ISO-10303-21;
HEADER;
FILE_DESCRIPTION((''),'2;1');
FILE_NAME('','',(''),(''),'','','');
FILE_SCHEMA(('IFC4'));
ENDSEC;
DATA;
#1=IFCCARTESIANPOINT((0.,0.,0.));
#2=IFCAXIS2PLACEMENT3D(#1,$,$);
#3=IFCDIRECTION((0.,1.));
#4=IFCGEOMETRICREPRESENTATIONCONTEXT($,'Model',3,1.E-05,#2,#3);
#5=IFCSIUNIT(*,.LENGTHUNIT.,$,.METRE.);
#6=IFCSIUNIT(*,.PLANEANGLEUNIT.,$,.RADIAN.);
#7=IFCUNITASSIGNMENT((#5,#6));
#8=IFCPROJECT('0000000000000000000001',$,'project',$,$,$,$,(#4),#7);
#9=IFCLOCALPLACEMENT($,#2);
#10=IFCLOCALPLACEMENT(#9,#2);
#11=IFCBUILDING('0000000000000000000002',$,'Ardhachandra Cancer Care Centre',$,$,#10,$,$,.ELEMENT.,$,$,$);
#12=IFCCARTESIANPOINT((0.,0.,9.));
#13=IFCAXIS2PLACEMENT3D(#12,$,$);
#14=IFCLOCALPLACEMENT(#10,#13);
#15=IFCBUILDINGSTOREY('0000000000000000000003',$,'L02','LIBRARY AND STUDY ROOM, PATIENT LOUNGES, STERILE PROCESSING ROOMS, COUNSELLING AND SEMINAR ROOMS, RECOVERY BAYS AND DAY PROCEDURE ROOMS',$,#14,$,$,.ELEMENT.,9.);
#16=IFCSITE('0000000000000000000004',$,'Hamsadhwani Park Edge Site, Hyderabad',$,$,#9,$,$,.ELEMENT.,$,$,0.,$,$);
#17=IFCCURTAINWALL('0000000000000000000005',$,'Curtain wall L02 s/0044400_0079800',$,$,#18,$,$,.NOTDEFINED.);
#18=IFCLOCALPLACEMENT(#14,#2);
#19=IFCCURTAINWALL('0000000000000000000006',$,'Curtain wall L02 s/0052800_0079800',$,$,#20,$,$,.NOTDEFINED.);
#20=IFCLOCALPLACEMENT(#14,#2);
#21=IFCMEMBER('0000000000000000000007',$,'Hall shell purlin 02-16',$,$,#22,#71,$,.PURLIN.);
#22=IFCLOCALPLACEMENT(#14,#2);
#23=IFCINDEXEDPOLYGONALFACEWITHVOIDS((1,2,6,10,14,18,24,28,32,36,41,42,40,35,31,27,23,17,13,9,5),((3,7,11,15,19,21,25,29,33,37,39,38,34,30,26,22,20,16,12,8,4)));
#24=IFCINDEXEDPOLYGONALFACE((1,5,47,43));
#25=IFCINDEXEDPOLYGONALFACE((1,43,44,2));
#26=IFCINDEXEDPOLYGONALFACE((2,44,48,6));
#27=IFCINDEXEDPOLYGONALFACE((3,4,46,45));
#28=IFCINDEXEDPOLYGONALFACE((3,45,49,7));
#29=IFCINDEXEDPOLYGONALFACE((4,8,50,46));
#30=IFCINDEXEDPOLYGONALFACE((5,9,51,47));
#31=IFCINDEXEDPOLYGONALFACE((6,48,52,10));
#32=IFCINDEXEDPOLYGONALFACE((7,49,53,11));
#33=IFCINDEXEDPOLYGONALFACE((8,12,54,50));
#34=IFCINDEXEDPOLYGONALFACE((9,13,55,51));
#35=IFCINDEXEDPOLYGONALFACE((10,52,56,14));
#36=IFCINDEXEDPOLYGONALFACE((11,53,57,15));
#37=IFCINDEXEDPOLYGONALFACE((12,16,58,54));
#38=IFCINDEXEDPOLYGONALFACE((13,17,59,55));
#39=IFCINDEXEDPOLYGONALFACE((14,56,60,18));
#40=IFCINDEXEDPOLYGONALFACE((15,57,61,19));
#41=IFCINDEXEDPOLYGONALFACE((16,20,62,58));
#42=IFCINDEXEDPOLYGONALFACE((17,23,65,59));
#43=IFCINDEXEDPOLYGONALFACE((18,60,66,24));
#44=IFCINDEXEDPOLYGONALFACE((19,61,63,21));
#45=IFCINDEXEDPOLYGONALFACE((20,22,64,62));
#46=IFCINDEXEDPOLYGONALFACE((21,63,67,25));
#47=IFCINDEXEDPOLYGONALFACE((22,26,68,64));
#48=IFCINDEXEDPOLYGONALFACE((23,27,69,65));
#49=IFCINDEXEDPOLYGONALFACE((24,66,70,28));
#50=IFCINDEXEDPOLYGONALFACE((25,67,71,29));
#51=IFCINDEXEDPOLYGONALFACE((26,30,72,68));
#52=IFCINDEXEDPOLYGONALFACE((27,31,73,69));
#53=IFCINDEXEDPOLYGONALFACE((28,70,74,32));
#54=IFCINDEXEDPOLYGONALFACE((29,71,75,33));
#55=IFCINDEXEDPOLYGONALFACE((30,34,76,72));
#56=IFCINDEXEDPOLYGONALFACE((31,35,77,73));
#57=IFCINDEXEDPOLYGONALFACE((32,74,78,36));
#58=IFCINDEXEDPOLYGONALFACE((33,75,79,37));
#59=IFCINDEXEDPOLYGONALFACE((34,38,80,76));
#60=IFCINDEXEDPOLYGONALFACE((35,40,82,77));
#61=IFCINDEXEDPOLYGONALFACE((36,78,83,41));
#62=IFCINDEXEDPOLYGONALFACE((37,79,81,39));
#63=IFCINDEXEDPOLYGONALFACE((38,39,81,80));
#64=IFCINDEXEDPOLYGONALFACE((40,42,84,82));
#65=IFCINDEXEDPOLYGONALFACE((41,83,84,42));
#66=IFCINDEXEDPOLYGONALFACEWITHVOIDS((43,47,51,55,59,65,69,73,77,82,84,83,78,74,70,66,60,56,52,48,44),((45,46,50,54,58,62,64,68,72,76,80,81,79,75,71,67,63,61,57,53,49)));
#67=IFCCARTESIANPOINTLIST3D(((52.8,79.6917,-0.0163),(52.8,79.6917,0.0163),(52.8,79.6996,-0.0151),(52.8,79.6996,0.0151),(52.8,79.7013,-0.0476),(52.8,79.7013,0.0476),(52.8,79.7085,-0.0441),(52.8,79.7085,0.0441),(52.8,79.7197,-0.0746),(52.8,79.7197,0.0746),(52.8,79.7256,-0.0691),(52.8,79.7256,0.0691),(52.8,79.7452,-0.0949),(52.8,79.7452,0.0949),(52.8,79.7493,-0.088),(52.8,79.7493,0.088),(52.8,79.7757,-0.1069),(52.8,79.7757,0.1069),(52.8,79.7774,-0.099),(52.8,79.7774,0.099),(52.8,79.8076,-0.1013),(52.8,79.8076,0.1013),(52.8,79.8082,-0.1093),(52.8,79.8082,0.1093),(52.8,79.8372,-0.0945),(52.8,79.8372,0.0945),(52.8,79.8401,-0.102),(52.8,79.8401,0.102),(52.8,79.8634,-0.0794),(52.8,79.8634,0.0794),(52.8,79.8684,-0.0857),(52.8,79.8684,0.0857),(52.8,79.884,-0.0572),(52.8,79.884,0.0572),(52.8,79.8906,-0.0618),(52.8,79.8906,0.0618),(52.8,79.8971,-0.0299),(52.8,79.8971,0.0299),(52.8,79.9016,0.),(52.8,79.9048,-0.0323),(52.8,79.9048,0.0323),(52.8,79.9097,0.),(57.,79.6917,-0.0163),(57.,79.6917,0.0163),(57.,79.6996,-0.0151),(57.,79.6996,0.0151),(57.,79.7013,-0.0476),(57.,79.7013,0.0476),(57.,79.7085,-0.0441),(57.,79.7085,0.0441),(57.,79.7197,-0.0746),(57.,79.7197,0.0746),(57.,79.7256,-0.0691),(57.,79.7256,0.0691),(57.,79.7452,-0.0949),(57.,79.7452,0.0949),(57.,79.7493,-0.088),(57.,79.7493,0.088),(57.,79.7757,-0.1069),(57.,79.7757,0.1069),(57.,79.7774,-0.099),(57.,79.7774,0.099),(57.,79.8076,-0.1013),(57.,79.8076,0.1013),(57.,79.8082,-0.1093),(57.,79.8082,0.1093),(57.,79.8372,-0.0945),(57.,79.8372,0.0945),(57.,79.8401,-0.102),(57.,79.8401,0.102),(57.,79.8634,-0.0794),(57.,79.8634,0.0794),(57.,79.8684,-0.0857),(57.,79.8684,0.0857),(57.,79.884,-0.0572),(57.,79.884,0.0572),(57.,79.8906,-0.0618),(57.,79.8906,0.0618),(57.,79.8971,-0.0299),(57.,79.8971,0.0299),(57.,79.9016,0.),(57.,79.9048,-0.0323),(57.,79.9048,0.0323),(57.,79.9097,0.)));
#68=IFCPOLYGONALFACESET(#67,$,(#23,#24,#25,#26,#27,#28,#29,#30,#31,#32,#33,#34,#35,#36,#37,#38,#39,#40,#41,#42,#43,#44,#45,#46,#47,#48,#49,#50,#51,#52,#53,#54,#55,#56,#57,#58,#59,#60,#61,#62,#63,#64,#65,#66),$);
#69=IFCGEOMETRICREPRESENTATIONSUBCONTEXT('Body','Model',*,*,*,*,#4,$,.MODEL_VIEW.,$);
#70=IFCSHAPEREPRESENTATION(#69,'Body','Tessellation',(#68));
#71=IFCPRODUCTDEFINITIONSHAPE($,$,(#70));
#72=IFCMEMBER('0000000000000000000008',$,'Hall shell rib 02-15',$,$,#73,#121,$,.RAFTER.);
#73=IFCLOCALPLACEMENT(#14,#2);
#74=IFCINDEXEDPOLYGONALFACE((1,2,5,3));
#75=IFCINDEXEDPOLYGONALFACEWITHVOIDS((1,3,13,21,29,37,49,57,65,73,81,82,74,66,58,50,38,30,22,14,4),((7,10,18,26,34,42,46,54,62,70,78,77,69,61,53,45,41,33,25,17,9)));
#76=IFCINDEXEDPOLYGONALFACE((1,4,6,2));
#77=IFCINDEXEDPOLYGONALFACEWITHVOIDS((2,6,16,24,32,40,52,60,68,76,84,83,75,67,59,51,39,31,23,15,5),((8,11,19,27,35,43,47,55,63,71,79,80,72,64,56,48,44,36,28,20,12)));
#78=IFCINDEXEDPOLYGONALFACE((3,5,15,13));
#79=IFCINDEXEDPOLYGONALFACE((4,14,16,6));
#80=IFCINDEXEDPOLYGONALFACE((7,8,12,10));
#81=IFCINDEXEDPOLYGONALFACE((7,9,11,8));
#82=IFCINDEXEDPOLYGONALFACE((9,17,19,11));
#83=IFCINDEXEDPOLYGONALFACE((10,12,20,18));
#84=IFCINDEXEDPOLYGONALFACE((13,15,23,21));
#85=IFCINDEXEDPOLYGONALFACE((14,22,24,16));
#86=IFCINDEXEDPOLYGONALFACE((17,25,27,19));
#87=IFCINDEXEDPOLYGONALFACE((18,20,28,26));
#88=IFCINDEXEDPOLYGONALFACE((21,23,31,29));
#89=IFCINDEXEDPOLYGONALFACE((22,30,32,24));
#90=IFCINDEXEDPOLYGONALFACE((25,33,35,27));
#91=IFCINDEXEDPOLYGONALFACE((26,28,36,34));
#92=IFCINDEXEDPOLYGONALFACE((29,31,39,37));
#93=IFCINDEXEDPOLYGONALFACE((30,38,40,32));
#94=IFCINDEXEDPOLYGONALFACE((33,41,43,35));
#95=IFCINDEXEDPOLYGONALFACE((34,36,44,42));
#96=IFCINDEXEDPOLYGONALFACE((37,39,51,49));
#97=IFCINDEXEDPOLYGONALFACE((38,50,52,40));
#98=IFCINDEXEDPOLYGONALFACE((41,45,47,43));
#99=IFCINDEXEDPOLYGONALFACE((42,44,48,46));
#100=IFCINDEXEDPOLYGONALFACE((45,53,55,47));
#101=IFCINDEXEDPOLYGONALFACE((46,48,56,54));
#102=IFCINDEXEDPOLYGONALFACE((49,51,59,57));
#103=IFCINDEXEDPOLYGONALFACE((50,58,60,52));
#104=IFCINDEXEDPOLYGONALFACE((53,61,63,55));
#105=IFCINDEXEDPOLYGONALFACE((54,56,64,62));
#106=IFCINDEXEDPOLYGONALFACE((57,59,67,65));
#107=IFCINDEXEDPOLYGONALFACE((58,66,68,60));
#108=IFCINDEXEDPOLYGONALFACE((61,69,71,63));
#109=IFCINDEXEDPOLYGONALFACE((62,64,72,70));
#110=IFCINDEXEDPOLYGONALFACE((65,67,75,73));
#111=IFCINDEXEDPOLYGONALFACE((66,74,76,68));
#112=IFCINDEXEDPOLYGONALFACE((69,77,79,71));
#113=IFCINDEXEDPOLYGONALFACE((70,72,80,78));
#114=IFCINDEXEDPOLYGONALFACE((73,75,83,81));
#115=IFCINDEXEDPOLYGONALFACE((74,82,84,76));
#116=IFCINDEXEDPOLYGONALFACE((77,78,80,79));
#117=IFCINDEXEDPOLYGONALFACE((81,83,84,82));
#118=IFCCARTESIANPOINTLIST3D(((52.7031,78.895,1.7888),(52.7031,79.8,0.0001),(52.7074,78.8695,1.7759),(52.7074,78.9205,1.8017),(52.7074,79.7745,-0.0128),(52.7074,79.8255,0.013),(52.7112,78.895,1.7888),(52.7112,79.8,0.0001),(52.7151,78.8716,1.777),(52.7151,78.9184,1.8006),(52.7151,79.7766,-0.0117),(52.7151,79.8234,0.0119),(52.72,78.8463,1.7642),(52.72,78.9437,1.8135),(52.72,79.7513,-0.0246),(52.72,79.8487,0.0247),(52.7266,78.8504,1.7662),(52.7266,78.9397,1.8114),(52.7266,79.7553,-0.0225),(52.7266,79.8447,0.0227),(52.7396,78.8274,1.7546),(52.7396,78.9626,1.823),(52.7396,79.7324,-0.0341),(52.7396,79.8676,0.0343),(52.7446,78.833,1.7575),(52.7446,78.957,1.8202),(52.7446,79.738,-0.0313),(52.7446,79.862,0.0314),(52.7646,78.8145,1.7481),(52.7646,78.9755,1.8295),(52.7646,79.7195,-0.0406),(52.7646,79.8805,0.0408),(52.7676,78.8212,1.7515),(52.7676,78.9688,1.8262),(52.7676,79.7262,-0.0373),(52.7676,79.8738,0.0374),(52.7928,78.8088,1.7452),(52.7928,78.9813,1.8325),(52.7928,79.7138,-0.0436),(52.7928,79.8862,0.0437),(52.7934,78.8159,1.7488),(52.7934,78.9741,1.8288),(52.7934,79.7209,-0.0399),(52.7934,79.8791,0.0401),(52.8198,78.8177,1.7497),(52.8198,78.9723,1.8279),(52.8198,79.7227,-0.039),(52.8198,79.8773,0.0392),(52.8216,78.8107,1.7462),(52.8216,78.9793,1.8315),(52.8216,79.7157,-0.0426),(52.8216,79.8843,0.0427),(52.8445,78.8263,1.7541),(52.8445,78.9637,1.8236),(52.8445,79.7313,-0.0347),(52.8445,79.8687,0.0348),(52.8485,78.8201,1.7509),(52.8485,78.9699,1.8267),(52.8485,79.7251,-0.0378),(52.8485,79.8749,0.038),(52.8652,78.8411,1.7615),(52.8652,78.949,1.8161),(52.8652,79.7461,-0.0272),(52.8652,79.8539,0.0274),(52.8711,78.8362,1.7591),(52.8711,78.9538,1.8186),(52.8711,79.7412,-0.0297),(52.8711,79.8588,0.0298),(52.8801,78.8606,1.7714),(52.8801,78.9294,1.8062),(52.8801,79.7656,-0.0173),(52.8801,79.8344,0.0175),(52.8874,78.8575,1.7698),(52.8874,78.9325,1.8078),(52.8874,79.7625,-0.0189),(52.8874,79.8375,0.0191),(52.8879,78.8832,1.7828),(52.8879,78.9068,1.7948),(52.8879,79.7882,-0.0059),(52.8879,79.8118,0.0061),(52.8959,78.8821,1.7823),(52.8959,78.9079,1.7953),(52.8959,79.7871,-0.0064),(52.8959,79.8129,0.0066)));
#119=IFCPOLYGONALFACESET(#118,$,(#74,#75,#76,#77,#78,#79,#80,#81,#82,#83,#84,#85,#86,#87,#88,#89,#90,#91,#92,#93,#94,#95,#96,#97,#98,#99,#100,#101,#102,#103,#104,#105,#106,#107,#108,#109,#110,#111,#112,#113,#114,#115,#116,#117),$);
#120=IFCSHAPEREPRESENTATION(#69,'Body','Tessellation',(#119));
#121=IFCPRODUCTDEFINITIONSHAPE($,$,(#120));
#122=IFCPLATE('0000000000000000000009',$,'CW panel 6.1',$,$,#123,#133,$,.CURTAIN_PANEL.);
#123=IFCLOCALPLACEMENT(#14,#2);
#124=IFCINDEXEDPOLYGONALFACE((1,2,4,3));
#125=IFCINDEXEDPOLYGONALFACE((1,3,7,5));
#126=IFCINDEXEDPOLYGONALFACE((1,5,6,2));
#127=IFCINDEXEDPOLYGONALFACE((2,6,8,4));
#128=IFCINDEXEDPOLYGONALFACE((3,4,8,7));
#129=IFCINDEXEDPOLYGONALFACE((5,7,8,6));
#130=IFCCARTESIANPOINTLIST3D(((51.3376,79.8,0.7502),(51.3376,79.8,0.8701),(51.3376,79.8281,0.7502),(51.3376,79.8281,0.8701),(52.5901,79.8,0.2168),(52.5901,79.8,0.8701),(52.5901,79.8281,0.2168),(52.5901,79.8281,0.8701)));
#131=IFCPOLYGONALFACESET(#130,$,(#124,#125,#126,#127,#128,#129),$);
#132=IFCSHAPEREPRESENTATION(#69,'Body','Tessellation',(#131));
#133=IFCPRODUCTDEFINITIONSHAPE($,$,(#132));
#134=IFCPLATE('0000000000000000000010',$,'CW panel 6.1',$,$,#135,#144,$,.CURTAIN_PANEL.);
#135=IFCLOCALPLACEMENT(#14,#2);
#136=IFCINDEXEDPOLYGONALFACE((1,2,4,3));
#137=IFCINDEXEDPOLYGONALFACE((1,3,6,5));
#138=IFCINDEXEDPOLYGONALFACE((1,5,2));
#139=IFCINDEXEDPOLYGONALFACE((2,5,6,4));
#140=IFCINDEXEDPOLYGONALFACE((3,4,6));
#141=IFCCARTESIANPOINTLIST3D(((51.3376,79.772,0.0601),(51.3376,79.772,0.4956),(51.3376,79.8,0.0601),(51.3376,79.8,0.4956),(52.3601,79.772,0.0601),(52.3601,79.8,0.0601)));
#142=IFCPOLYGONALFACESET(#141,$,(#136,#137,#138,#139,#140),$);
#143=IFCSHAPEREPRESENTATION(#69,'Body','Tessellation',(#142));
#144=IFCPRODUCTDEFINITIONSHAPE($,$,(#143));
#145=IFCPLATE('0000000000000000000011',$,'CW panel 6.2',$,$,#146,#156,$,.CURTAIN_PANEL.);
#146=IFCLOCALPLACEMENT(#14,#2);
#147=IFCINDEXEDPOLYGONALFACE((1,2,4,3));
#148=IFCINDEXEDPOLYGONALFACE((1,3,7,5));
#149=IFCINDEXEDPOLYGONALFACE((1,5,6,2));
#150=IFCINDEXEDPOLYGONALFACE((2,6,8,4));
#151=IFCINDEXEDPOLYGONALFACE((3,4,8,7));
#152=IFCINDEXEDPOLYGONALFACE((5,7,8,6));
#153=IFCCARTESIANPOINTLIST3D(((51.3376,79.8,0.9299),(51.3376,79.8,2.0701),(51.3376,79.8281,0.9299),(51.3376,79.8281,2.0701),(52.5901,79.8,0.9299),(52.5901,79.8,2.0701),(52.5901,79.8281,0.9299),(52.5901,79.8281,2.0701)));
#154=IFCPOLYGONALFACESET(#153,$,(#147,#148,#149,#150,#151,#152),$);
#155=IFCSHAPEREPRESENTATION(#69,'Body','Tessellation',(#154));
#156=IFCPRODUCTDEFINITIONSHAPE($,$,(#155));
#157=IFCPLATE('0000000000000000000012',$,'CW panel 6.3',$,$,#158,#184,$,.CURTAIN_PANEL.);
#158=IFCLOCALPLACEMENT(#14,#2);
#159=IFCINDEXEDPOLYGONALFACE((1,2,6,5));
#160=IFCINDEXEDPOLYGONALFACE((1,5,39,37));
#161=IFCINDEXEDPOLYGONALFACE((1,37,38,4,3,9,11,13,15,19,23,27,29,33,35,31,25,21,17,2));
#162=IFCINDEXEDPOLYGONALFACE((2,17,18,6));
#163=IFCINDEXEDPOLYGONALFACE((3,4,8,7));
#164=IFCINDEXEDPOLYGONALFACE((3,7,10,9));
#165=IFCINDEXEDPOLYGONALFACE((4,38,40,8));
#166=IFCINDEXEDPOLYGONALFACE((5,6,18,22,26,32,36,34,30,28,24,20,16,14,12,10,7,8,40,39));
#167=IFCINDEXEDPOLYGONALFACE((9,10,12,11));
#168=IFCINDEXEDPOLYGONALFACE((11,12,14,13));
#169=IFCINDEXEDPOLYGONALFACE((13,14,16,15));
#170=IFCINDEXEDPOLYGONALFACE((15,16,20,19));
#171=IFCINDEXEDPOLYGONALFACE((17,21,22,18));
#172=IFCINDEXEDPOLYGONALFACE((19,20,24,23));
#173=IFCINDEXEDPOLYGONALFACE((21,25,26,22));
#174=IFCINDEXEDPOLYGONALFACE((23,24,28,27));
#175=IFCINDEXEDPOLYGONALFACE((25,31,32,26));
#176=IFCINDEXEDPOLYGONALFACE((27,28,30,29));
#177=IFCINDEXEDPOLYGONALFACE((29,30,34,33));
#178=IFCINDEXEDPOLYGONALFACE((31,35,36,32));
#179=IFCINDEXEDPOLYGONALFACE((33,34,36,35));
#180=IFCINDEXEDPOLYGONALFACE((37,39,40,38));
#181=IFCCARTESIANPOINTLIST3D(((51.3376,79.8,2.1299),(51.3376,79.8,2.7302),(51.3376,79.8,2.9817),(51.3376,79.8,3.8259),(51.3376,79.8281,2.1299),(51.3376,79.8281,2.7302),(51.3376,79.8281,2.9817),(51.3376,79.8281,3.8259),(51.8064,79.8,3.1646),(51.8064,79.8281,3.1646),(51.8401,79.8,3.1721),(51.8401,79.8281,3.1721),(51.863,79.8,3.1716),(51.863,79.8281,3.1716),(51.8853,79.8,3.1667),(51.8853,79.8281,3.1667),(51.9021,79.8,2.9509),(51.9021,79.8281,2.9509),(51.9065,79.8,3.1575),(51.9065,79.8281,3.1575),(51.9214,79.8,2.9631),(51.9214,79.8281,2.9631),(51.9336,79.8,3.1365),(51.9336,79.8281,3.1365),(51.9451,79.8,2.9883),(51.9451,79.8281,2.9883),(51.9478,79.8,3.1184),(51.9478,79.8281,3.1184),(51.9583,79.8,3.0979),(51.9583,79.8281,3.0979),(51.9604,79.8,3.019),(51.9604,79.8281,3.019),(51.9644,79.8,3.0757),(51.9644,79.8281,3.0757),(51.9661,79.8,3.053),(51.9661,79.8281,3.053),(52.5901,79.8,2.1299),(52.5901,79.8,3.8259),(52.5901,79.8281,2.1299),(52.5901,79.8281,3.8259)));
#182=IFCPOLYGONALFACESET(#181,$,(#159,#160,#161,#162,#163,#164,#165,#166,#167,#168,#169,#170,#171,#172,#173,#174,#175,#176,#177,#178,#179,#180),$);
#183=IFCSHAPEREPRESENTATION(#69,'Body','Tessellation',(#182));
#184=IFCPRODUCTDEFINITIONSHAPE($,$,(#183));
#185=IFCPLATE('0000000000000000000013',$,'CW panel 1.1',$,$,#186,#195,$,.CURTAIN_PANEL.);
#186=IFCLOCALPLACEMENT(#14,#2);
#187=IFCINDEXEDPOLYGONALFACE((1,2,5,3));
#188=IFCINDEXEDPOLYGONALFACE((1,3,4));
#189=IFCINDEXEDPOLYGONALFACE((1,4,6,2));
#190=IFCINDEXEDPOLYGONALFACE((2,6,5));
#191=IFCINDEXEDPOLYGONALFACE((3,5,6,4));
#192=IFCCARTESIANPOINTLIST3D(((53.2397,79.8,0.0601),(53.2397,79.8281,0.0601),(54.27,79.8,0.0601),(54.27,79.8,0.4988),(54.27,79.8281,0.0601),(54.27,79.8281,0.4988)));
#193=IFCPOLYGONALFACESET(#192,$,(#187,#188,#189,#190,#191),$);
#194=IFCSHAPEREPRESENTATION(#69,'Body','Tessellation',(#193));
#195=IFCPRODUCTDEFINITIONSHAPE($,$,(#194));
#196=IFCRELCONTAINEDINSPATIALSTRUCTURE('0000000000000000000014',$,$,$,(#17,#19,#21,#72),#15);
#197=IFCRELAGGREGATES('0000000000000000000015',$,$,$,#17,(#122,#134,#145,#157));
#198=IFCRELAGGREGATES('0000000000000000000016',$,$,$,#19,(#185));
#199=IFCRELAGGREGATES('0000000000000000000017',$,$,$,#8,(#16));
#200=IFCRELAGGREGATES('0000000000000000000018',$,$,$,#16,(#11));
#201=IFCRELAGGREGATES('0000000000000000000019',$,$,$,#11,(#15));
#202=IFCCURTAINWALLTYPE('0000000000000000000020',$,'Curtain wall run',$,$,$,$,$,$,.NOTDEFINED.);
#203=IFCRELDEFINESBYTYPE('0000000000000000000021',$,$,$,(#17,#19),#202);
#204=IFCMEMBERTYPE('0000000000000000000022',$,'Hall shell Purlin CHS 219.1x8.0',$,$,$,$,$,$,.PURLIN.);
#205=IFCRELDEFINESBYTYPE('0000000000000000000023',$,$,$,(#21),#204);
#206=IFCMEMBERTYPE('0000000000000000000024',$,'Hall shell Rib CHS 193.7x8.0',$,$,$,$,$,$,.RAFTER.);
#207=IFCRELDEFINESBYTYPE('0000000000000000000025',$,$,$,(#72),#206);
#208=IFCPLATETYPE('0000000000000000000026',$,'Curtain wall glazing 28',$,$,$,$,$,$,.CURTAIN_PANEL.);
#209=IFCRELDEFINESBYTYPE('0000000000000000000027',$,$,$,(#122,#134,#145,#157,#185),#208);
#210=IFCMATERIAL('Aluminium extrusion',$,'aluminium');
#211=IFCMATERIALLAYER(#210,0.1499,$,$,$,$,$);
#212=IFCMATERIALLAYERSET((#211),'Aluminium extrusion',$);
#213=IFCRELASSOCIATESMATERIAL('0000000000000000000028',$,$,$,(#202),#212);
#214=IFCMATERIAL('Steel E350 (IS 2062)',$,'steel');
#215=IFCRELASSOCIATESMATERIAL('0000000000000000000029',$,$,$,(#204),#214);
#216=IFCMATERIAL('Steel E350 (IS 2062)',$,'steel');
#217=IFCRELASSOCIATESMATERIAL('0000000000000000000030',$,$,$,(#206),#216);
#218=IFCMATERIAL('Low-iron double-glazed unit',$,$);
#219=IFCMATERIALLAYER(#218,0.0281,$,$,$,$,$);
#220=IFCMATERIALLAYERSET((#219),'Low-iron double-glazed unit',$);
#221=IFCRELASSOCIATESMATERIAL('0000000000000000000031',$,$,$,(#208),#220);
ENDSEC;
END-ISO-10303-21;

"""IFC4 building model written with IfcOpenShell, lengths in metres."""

from ifc_helpers import new_model, si_unit, direction, frame, origin, origin_2d, place, context, subcontext, project, spatial, polyline, hollow_circle, outline, extrude, material, layer, layer_set, material_profile, profile_set, type_object, element, aggregate, save


model = new_model("IFC4")

# Units and contexts
model_context = context("Model", 3, precision=1e-05, world=origin(), true_north=direction((0.0, 1.0)))
body_context = subcontext(model_context, "Body", "Model", "MODEL_VIEW")
ifc_project = project(units=[si_unit("LENGTHUNIT", "METRE"), si_unit("PLANEANGLEUNIT", "RADIAN")], contexts=[model_context])

# Site, building, storey
site_placement = place(None, origin())
site = spatial("IfcSite", under=ifc_project, at=site_placement, Name="Hamsadhwani Park Edge Site, Hyderabad", CompositionType="ELEMENT", RefElevation=0.0)
building_placement = place(site_placement, origin())
building = spatial("IfcBuilding", under=site, at=building_placement, Name="Ardhachandra Cancer Care Centre", CompositionType="ELEMENT")
storey_placement = place(building_placement, frame((0.0, 0.0, 9.0)))
storey = spatial("IfcBuildingStorey", under=building, at=storey_placement, Name="L02", Description="LIBRARY AND STUDY ROOM, PATIENT LOUNGES, STERILE PROCESSING ROOMS, COUNSELLING AND SEMINAR ROOMS, RECOVERY BAYS AND DAY PROCEDURE ROOMS", CompositionType="ELEMENT", Elevation=9.0)

# Curtain wall
ifc_material_1 = material(Name="Aluminium extrusion", Category="aluminium")
ifc_layer_1 = layer(ifc_material_1, 0.1499)
ifc_layer_set_1 = layer_set([ifc_layer_1], Name="Aluminium extrusion")
curtain_wall_type = type_object("IfcCurtainWallType", Name="Curtain wall run", PredefinedType="NOTDEFINED", material=ifc_layer_set_1)
curtain_wall_1_placement = place(storey_placement, origin())
curtain_wall_1 = element("IfcCurtainWall", 1, at=curtain_wall_1_placement, inside=storey, type_object=curtain_wall_type, Name="Curtain wall L02 s/0044400_0079800", PredefinedType="NOTDEFINED")

# Curtain wall
curtain_wall_2_placement = place(storey_placement, origin())
curtain_wall_2 = element("IfcCurtainWall", 2, at=curtain_wall_2_placement, inside=storey, type_object=curtain_wall_type, Name="Curtain wall L02 s/0052800_0079800", PredefinedType="NOTDEFINED")

# Members
ifc_material_2 = material(Name="Steel E350 (IS 2062)", Category="steel")
ifc_material_profile_1 = material_profile(ifc_material_2, hollow_circle(Radius=0.1096, WallThickness=0.0081, at=origin_2d()), Name="CHS 219.1x8.0")
ifc_profile_set_1 = profile_set([ifc_material_profile_1], Name="Steel E350 (IS 2062)")
member_type_1 = type_object("IfcMemberType", Name="Hall shell Purlin CHS 219.1x8.0", PredefinedType="PURLIN", material=ifc_profile_set_1)
member_1_placement = place(storey_placement, frame((52.8, 79.8, 0.0), z_axis=(1.0, 0.0, 0.0), x_axis=(0.0, 1.0, 0.0)))
element("IfcMember", 3, at=member_1_placement, inside=storey, type_object=member_type_1, Name="Hall shell purlin 02-16", PredefinedType="PURLIN", context=body_context, shape_type="SweptSolid", body=[
    extrude(hollow_circle(Radius=0.1096, WallThickness=0.0081, at=origin_2d()), origin(), (0.0, 0.0, 1.0), 4.2),
])
ifc_material_3 = material(Name="Steel E350 (IS 2062)", Category="steel")
ifc_material_profile_2 = material_profile(ifc_material_3, hollow_circle(Radius=0.0969, WallThickness=0.0081, at=origin_2d()), Name="CHS 193.7x8.0")
ifc_profile_set_2 = profile_set([ifc_material_profile_2], Name="Steel E350 (IS 2062)")
member_type_2 = type_object("IfcMemberType", Name="Hall shell Rib CHS 193.7x8.0", PredefinedType="RAFTER", material=ifc_profile_set_2)
member_2_placement = place(storey_placement, frame((52.8, 78.895, 1.7888), z_axis=(0.0, 0.451447, -0.892298), x_axis=(-1.0, 0.0, 0.0)))
element("IfcMember", 4, at=member_2_placement, inside=storey, type_object=member_type_2, Name="Hall shell rib 02-15", PredefinedType="RAFTER", context=body_context, shape_type="SweptSolid", body=[
    extrude(hollow_circle(Radius=0.0969, WallThickness=0.0081, at=origin_2d()), origin(), (0.0, 0.0, 1.0), 2.0046),
])

# Plates
ifc_material_4 = material(Name="Low-iron double-glazed unit")
ifc_layer_2 = layer(ifc_material_4, 0.0281)
ifc_layer_set_2 = layer_set([ifc_layer_2], Name="Low-iron double-glazed unit")
plate_type_1 = type_object("IfcPlateType", Name="Curtain wall glazing 28", PredefinedType="CURTAIN_PANEL", material=ifc_layer_set_2)
plate_1_placement = place(storey_placement, frame((51.3376, 79.8, 0.8701), z_axis=(0.0, 1.0, 0.0), x_axis=(1.0, 0.0, 0.0)))
plate_1 = element("IfcPlate", 5, at=plate_1_placement, type_object=plate_type_1, Name="CW panel 6.1", PredefinedType="CURTAIN_PANEL", context=body_context, shape_type="SweptSolid", body=[
    extrude(outline(polyline([(0.0, 0.0), (1.2524, 0.0), (1.2524, 0.6533), (0.0, 0.1199), (0.0, 0.0)])), origin(), (0.0, 0.0, 1.0), 0.0281),
])
plate_2_placement = place(storey_placement, frame((51.3376, 79.8, 0.0601), z_axis=(0.0, 1.0, 0.0), x_axis=(0.0, 0.0, 1.0)))
plate_2 = element("IfcPlate", 6, at=plate_2_placement, type_object=plate_type_1, Name="CW panel 6.1", PredefinedType="CURTAIN_PANEL", context=body_context, shape_type="SweptSolid", body=[
    extrude(outline(polyline([(0.0, 0.0), (0.4355, 0.0), (0.0, 1.0225), (0.0, 0.0)])), frame((0.0, 0.0, -0.0281)), (0.0, 0.0, 1.0), 0.0281),
])
plate_3_placement = place(storey_placement, frame((51.3376, 79.8, 0.9299), z_axis=(0.0, 1.0, 0.0), x_axis=(0.0, 0.0, 1.0)))
plate_3 = element("IfcPlate", 7, at=plate_3_placement, type_object=plate_type_1, Name="CW panel 6.2", PredefinedType="CURTAIN_PANEL", context=body_context, shape_type="SweptSolid", body=[
    extrude(outline(polyline([(0.0, 0.0), (1.1401, 0.0), (1.1401, 1.2524), (0.0, 1.2524), (0.0, 0.0)])), origin(), (0.0, 0.0, 1.0), 0.0281),
])
plate_4_placement = place(storey_placement, frame((51.3376, 79.8, 3.8259), z_axis=(0.0, 1.0, 0.0), x_axis=(1.0, 0.0, 0.0)))
plate_4 = element("IfcPlate", 8, at=plate_4_placement, type_object=plate_type_1, Name="CW panel 6.3", PredefinedType="CURTAIN_PANEL", context=body_context, shape_type="SweptSolid", body=[
    extrude(outline(polyline([(0.0, 0.0), (1.2524, 0.0), (1.2524, 1.696), (0.0, 1.696), (0.0, 1.0957), (0.5645, 0.875), (0.5837, 0.8628), (0.6074, 0.8376), (0.6228, 0.8069), (0.6284, 0.7729), (0.6267, 0.7502), (0.6206, 0.728), (0.6101, 0.7075), (0.5959, 0.6895), (0.5688, 0.6685), (0.5476, 0.6592), (0.5254, 0.6543), (0.5024, 0.6538), (0.4688, 0.6614), (0.0, 0.8442), (0.0, 0.0)])), origin(), (0.0, 0.0, 1.0), 0.0281),
])
aggregate(curtain_wall_1, [plate_1, plate_2, plate_3, plate_4])
plate_5_placement = place(storey_placement, frame((54.27, 79.8, 0.0601), z_axis=(0.0, 1.0, 0.0), x_axis=(-1.0, 0.0, 0.0)))
plate_5 = element("IfcPlate", 9, at=plate_5_placement, type_object=plate_type_1, Name="CW panel 1.1", PredefinedType="CURTAIN_PANEL", context=body_context, shape_type="SweptSolid", body=[
    extrude(outline(polyline([(0.0, 0.0), (1.0303, 0.0), (0.0, 0.4387), (0.0, 0.0)])), origin(), (0.0, 0.0, 1.0), 0.0281),
])
aggregate(curtain_wall_2, [plate_5])

save(model, "model.ifc")
